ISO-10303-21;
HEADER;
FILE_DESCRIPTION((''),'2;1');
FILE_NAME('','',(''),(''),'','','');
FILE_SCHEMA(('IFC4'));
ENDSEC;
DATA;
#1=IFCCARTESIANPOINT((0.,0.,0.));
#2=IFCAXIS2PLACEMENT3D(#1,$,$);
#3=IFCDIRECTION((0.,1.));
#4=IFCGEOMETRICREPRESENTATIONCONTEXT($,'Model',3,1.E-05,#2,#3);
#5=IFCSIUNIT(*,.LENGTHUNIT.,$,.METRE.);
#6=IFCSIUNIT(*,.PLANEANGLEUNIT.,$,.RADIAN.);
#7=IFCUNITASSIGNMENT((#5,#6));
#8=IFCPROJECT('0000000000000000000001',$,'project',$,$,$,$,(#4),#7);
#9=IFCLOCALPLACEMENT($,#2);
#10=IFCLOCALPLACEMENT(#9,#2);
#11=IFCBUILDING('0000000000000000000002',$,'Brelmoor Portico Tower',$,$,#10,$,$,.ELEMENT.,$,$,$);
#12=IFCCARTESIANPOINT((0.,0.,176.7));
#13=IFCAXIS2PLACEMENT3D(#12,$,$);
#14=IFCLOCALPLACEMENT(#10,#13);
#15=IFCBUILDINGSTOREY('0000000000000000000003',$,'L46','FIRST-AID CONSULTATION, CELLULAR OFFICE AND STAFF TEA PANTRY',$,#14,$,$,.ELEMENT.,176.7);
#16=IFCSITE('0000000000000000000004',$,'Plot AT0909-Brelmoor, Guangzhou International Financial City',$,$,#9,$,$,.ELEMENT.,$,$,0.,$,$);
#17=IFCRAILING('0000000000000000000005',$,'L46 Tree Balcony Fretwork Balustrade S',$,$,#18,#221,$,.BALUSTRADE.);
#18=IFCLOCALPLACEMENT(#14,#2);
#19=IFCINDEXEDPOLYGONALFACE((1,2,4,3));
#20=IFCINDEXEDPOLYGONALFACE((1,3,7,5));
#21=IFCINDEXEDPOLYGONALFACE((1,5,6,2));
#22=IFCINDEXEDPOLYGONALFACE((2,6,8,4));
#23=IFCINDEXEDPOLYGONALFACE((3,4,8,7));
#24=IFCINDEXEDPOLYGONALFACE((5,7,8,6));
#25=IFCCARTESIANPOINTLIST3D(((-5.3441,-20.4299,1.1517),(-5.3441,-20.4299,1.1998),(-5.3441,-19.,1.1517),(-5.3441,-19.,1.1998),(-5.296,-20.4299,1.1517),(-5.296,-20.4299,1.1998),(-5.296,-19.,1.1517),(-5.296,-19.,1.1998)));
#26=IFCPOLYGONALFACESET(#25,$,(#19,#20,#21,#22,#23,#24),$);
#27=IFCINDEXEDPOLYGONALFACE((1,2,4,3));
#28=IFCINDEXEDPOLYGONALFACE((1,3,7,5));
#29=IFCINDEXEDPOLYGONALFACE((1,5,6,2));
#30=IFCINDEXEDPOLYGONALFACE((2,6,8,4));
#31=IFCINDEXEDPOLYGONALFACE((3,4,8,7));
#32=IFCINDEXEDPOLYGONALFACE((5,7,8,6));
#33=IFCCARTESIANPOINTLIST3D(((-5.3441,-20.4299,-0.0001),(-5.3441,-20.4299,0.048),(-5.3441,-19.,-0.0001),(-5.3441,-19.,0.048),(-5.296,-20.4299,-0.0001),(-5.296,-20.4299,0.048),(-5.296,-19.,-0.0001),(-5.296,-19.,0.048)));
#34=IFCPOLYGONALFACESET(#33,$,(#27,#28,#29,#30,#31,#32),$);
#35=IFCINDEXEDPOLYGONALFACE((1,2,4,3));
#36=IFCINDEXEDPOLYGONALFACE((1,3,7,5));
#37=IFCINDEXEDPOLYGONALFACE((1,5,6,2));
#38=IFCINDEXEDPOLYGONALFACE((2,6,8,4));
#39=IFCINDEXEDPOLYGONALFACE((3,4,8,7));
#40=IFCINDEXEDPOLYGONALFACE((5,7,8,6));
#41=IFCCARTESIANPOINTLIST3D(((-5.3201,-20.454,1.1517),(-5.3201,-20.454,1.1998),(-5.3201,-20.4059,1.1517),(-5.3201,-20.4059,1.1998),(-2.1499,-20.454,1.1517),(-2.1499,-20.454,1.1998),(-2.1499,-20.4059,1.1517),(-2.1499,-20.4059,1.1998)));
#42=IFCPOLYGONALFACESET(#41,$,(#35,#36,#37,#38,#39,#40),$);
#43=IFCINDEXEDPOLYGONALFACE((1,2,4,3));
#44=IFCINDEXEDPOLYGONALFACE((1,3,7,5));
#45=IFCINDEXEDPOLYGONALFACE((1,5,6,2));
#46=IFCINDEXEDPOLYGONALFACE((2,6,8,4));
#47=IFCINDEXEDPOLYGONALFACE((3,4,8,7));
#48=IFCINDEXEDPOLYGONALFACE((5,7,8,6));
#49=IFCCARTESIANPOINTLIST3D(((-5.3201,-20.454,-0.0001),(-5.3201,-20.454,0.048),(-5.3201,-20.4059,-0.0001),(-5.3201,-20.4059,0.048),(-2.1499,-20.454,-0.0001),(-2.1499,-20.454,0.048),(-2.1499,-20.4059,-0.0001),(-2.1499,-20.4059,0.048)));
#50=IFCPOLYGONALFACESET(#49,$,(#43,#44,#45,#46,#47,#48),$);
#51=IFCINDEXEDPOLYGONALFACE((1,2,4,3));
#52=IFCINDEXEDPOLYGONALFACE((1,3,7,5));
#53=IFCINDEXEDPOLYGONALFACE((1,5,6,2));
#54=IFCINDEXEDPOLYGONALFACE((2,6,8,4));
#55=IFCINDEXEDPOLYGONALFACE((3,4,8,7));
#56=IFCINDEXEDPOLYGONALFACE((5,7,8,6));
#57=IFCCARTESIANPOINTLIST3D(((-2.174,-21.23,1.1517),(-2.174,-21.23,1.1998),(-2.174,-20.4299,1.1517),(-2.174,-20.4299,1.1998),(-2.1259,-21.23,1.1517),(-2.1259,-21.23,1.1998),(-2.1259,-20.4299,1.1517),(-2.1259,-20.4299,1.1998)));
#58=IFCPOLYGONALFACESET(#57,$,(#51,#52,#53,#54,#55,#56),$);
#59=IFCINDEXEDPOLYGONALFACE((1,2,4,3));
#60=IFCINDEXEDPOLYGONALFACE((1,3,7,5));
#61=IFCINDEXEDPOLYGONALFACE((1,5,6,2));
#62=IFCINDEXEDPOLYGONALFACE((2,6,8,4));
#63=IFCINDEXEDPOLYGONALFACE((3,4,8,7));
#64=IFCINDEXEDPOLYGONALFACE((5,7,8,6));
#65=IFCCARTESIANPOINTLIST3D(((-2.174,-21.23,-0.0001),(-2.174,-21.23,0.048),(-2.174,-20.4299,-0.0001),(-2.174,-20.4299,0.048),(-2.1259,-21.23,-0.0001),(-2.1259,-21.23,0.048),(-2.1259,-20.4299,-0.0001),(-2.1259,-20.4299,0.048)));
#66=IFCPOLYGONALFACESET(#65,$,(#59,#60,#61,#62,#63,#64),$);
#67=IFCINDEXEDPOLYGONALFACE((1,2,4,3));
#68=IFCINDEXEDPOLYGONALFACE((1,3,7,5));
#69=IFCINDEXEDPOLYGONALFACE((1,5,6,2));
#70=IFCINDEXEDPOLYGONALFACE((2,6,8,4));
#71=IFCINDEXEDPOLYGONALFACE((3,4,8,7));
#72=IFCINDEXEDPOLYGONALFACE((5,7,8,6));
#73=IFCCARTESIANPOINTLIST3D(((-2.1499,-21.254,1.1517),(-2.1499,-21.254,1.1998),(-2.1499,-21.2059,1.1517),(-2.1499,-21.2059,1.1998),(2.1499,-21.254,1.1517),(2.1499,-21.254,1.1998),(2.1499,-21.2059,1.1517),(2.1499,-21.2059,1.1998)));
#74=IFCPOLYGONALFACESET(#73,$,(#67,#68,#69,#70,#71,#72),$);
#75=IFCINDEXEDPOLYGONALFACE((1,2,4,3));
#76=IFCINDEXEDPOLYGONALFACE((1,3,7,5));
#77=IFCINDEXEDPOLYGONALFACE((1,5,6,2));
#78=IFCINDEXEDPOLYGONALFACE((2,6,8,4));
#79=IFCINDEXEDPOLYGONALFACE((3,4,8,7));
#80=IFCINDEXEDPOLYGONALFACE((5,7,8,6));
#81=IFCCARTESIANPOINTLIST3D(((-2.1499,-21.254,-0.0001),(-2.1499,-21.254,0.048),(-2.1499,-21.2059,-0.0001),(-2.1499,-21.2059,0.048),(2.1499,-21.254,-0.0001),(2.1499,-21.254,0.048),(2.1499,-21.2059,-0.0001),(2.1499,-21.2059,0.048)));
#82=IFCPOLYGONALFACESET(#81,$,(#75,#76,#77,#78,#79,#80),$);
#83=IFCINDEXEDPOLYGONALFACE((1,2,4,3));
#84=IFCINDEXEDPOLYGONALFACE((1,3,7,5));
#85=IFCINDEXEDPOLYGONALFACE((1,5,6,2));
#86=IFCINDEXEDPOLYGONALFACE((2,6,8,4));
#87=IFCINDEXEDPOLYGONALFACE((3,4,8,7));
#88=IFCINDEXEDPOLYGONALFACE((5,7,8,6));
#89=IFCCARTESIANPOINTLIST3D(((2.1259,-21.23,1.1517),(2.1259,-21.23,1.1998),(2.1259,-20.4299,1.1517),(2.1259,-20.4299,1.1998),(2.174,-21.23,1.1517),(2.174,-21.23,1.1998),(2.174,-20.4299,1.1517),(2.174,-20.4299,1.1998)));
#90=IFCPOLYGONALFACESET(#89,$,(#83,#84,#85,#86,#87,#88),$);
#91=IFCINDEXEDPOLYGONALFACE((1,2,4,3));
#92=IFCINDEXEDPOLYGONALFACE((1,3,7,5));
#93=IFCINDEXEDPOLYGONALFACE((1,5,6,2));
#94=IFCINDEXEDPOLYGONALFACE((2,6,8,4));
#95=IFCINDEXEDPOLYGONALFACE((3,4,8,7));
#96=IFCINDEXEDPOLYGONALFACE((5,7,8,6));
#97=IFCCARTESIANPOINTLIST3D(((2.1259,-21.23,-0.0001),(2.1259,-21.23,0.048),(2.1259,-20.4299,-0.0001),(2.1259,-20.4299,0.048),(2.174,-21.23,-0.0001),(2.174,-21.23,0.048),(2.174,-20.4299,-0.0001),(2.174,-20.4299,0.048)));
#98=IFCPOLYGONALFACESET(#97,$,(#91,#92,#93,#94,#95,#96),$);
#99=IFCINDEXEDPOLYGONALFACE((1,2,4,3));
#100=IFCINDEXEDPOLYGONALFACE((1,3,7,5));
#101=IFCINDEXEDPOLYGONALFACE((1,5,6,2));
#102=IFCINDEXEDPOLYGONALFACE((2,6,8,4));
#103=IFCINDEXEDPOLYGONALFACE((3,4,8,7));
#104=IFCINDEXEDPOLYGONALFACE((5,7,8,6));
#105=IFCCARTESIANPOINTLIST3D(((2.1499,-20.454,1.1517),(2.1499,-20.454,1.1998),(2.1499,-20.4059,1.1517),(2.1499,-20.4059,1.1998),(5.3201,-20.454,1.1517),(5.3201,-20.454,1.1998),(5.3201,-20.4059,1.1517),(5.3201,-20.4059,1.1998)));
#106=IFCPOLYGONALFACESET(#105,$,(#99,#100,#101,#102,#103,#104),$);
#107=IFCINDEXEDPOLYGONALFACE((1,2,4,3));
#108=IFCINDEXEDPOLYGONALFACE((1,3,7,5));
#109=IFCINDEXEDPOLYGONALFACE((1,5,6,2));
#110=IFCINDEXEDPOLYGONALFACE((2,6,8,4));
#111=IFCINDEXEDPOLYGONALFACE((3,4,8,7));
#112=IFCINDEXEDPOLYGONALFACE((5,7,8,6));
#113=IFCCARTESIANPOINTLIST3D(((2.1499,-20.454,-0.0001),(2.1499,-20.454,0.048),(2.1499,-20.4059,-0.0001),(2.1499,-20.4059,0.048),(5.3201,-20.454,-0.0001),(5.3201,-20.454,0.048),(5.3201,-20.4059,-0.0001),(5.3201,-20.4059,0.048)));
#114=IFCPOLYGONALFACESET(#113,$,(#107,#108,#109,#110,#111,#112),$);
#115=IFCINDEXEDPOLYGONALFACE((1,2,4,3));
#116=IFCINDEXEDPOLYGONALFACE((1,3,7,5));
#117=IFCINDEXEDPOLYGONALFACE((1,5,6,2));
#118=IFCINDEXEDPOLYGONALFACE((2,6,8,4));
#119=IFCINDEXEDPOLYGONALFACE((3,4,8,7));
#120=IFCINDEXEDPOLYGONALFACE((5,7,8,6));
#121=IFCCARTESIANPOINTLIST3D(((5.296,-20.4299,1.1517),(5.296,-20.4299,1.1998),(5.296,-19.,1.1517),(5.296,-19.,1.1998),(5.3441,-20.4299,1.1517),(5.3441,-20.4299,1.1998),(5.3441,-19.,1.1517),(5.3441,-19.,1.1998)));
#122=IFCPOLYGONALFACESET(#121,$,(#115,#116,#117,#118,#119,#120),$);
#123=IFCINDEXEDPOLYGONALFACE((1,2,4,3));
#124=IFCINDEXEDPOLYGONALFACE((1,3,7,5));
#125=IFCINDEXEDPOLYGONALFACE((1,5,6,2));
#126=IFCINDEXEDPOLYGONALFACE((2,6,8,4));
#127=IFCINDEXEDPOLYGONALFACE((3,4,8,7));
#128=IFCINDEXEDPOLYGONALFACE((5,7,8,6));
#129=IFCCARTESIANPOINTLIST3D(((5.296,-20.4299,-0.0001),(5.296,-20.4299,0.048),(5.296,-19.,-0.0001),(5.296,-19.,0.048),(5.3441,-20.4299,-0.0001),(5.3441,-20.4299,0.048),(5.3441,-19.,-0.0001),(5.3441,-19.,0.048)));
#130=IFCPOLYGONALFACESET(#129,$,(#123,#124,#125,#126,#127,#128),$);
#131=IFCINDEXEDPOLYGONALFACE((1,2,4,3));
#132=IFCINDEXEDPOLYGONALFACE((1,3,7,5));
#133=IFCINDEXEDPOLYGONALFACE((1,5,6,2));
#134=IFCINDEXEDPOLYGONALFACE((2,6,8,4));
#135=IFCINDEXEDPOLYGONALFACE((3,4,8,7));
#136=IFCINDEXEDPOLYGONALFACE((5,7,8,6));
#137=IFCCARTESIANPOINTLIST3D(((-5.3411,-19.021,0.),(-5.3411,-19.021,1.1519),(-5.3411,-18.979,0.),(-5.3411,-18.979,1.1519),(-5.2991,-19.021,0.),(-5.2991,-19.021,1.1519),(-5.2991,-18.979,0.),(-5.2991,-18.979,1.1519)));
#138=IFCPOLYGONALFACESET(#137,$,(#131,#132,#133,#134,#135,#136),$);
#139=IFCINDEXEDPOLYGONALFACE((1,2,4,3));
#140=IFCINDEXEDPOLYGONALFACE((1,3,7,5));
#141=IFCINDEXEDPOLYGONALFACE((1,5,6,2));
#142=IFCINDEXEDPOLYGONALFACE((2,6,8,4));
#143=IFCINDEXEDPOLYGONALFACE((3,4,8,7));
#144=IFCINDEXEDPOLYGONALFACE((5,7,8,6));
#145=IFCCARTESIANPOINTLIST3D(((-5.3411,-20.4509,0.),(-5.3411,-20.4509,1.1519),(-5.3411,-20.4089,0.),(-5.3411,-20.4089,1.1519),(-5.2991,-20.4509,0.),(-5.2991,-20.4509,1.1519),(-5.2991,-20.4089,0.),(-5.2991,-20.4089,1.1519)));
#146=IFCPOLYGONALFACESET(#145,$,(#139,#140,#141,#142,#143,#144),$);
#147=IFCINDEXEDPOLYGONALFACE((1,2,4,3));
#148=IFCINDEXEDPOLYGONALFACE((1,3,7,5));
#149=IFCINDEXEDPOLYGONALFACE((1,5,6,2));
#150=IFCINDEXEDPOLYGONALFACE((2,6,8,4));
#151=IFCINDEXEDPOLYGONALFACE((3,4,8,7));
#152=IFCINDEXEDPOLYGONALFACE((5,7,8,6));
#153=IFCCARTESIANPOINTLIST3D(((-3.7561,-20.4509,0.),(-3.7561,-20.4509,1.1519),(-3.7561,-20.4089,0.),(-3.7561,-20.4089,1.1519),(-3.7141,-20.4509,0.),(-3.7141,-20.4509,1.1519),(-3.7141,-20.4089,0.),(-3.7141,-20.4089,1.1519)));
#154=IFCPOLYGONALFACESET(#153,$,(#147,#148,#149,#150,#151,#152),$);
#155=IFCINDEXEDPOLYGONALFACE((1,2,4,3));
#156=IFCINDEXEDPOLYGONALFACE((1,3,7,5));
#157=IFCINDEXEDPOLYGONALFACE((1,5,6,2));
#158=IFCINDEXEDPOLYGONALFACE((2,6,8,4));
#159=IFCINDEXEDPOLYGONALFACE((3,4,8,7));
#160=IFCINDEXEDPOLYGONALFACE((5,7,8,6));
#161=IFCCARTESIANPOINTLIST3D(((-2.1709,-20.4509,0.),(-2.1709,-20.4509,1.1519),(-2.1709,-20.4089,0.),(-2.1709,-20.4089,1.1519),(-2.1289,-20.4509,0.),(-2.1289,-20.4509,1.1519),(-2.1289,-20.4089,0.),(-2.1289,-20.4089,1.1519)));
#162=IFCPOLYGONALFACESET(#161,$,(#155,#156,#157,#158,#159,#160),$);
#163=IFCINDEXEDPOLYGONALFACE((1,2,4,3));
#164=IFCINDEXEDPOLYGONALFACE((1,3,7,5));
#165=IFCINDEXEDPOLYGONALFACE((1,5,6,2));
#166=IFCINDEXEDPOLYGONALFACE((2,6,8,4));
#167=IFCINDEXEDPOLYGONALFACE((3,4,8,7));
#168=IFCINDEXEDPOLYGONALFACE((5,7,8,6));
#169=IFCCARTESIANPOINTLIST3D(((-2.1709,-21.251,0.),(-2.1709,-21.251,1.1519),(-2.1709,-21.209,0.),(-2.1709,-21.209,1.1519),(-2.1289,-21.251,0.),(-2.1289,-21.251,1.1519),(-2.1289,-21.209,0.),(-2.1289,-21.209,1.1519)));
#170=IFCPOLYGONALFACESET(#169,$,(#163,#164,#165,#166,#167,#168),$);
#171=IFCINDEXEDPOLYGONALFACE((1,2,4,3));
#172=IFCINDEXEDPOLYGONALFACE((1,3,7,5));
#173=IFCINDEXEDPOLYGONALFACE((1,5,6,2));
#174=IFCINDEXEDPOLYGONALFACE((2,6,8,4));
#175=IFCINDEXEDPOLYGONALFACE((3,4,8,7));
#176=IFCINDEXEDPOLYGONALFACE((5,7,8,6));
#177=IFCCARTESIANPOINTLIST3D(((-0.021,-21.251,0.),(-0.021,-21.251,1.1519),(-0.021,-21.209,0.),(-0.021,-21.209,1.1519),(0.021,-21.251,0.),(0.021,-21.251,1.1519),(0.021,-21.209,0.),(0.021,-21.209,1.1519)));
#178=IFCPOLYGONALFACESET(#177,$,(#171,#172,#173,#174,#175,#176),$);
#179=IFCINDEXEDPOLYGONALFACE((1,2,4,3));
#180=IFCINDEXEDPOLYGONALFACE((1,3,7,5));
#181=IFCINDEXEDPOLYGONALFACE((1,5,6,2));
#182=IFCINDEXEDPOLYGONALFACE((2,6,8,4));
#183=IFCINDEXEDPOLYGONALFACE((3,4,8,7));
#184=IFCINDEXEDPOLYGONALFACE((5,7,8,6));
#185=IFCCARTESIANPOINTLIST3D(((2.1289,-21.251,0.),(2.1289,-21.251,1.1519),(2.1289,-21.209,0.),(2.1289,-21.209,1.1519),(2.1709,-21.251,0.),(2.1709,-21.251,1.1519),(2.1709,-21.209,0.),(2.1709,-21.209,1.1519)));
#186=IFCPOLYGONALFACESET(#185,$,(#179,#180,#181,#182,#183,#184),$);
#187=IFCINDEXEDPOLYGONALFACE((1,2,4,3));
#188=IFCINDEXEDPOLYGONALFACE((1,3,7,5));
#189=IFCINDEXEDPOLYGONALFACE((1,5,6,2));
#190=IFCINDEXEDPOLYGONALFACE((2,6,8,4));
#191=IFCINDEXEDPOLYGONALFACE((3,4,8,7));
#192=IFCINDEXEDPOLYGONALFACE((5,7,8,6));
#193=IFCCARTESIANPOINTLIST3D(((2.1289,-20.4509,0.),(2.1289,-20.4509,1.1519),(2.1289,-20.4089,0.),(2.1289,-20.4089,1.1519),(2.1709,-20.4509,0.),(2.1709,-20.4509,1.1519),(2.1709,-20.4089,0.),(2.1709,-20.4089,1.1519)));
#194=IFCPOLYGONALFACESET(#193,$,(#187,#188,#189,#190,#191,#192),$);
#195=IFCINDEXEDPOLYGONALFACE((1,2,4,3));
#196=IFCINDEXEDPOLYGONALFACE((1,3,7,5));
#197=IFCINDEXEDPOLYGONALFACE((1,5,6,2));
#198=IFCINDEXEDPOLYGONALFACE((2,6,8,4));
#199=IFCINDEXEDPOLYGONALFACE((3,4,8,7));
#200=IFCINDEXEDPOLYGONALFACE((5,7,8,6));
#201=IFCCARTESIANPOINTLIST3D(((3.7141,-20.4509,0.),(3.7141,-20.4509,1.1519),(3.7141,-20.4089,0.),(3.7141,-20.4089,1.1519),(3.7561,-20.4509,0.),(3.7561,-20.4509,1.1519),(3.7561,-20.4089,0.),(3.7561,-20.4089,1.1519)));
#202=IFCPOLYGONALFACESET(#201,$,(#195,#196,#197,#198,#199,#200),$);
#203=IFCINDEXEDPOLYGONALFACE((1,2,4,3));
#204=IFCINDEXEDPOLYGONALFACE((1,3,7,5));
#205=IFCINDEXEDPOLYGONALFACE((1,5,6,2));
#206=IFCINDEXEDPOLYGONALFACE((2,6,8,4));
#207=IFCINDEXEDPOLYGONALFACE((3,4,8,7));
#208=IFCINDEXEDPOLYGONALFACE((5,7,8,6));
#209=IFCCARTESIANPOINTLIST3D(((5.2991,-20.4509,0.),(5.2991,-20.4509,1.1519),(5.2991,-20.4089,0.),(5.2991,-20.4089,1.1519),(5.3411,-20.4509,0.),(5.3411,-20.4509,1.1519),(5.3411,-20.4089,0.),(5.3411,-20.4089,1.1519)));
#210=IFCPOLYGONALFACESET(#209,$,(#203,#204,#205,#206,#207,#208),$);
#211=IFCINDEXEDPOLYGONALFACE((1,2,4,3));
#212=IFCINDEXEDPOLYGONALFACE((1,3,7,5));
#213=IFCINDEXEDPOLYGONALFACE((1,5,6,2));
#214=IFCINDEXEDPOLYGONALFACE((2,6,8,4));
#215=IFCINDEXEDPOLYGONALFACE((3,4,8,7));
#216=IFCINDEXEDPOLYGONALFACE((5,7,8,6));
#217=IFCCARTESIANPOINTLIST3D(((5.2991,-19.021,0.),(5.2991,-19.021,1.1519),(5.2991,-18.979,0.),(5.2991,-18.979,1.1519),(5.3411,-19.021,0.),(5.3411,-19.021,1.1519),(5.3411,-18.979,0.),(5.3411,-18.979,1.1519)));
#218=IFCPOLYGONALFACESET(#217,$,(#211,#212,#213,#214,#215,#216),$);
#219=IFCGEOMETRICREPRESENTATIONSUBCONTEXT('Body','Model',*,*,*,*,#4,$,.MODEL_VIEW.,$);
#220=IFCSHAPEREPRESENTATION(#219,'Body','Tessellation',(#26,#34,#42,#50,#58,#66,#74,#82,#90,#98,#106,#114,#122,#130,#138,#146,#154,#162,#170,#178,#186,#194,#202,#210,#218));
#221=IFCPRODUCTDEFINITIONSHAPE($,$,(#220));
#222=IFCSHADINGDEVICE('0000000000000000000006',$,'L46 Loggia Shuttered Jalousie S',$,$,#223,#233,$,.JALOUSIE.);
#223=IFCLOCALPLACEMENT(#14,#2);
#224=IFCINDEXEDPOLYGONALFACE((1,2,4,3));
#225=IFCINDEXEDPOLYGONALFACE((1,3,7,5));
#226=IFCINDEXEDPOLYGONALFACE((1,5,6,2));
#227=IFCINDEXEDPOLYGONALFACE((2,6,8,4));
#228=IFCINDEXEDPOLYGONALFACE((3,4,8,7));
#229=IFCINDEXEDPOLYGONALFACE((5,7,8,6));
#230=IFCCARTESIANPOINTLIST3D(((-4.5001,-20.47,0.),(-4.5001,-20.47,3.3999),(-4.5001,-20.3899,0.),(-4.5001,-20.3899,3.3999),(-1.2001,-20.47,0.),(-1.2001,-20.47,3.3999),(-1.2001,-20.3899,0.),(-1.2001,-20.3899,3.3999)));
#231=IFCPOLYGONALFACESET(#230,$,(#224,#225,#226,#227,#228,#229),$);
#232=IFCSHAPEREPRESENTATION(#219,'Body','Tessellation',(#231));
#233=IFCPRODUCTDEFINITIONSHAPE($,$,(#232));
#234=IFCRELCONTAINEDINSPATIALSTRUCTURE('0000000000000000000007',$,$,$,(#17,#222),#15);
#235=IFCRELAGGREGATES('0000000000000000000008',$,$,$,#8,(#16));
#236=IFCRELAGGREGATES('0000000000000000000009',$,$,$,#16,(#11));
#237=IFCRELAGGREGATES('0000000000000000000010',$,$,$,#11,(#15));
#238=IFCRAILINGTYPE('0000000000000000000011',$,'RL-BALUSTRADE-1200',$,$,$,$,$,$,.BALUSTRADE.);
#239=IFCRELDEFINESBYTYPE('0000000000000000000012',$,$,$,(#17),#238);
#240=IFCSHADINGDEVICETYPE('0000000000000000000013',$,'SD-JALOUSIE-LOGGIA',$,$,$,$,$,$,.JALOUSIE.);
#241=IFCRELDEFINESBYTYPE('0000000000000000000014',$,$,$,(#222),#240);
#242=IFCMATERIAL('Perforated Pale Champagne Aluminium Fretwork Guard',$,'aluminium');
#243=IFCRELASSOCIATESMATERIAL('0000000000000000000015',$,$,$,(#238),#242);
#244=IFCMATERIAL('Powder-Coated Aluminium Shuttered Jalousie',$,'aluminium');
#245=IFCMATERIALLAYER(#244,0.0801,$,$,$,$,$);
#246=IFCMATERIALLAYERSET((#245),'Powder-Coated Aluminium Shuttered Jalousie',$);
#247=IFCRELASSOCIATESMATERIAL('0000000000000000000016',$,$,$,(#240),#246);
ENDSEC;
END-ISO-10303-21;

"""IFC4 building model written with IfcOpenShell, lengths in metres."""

from ifc_helpers import new_model, si_unit, direction, frame, origin, origin_2d, place, context, subcontext, project, spatial, rectangle, extrude, material, layer, layer_set, type_object, element, save


model = new_model("IFC4")

# Units and contexts
model_context = context("Model", 3, precision=1e-05, world=origin(), true_north=direction((0.0, 1.0)))
body_context = subcontext(model_context, "Body", "Model", "MODEL_VIEW")
ifc_project = project(units=[si_unit("LENGTHUNIT", "METRE"), si_unit("PLANEANGLEUNIT", "RADIAN")], contexts=[model_context])

# Site, building, storey
site_placement = place(None, origin())
site = spatial("IfcSite", under=ifc_project, at=site_placement, Name="Plot AT0909-Brelmoor, Guangzhou International Financial City", CompositionType="ELEMENT", RefElevation=0.0)
building_placement = place(site_placement, origin())
building = spatial("IfcBuilding", under=site, at=building_placement, Name="Brelmoor Portico Tower", CompositionType="ELEMENT")
storey_placement = place(building_placement, frame((0.0, 0.0, 176.7)))
storey = spatial("IfcBuildingStorey", under=building, at=storey_placement, Name="L46", Description="FIRST-AID CONSULTATION, CELLULAR OFFICE AND STAFF TEA PANTRY", CompositionType="ELEMENT", Elevation=176.7)

# Railing
ifc_material_1 = material(Name="Perforated Pale Champagne Aluminium Fretwork Guard", Category="aluminium")
railing_type = type_object("IfcRailingType", Name="RL-BALUSTRADE-1200", PredefinedType="BALUSTRADE", material=ifc_material_1)
railing_placement = place(storey_placement, frame((-5.3201, -19.0, 0.0)))
element("IfcRailing", 1, at=railing_placement, inside=storey, type_object=railing_type, Name="L46 Tree Balcony Fretwork Balustrade S", PredefinedType="BALUSTRADE", context=body_context, shape_type="SweptSolid", body=[
    extrude(rectangle(XDim=0.0481, YDim=0.0481, at=origin_2d()), frame((0.0, 0.0, 1.1758), z_axis=(0.0, -1.0, 0.0), x_axis=(1.0, 0.0, 0.0)), (0.0, 0.0, 1.0), 1.4299),
    extrude(rectangle(XDim=0.0481, YDim=0.0481, at=origin_2d()), frame((0.0, 0.0, 0.0239), z_axis=(0.0, -1.0, 0.0), x_axis=(1.0, 0.0, 0.0)), (0.0, 0.0, 1.0), 1.4299),
    extrude(rectangle(XDim=0.0481, YDim=0.0481, at=origin_2d()), frame((0.0, -1.4299, 1.1758), z_axis=(1.0, 0.0, 0.0), x_axis=(0.0, 1.0, 0.0)), (0.0, 0.0, 1.0), 3.1702),
    extrude(rectangle(XDim=0.0481, YDim=0.0481, at=origin_2d()), frame((0.0, -1.4299, 0.0239), z_axis=(1.0, 0.0, 0.0), x_axis=(0.0, 1.0, 0.0)), (0.0, 0.0, 1.0), 3.1702),
    extrude(rectangle(XDim=0.0481, YDim=0.0481, at=origin_2d()), frame((3.1702, -1.4299, 1.1758), z_axis=(0.0, -1.0, 0.0), x_axis=(1.0, 0.0, 0.0)), (0.0, 0.0, 1.0), 0.8),
    extrude(rectangle(XDim=0.0481, YDim=0.0481, at=origin_2d()), frame((3.1702, -1.4299, 0.0239), z_axis=(0.0, -1.0, 0.0), x_axis=(1.0, 0.0, 0.0)), (0.0, 0.0, 1.0), 0.8),
    extrude(rectangle(XDim=0.0481, YDim=0.0481, at=origin_2d()), frame((3.1702, -2.23, 1.1758), z_axis=(1.0, 0.0, 0.0), x_axis=(0.0, 1.0, 0.0)), (0.0, 0.0, 1.0), 4.2998),
    extrude(rectangle(XDim=0.0481, YDim=0.0481, at=origin_2d()), frame((3.1702, -2.23, 0.0239), z_axis=(1.0, 0.0, 0.0), x_axis=(0.0, 1.0, 0.0)), (0.0, 0.0, 1.0), 4.2998),
    extrude(rectangle(XDim=0.0481, YDim=0.0481, at=origin_2d()), frame((7.47, -2.23, 1.1758), z_axis=(0.0, 1.0, 0.0), x_axis=(-1.0, 0.0, 0.0)), (0.0, 0.0, 1.0), 0.8),
    extrude(rectangle(XDim=0.0481, YDim=0.0481, at=origin_2d()), frame((7.47, -2.23, 0.0239), z_axis=(0.0, 1.0, 0.0), x_axis=(-1.0, 0.0, 0.0)), (0.0, 0.0, 1.0), 0.8),
    extrude(rectangle(XDim=0.0481, YDim=0.0481, at=origin_2d()), frame((7.47, -1.4299, 1.1758), z_axis=(1.0, 0.0, 0.0), x_axis=(0.0, 1.0, 0.0)), (0.0, 0.0, 1.0), 3.1702),
    extrude(rectangle(XDim=0.0481, YDim=0.0481, at=origin_2d()), frame((7.47, -1.4299, 0.0239), z_axis=(1.0, 0.0, 0.0), x_axis=(0.0, 1.0, 0.0)), (0.0, 0.0, 1.0), 3.1702),
    extrude(rectangle(XDim=0.0481, YDim=0.0481, at=origin_2d()), frame((10.6401, -1.4299, 1.1758), z_axis=(0.0, 1.0, 0.0), x_axis=(-1.0, 0.0, 0.0)), (0.0, 0.0, 1.0), 1.4299),
    extrude(rectangle(XDim=0.0481, YDim=0.0481, at=origin_2d()), frame((10.6401, -1.4299, 0.0239), z_axis=(0.0, 1.0, 0.0), x_axis=(-1.0, 0.0, 0.0)), (0.0, 0.0, 1.0), 1.4299),
    extrude(rectangle(XDim=0.042, YDim=0.042, at=origin_2d()), origin(), (0.0, 0.0, 1.0), 1.1519),
    extrude(rectangle(XDim=0.042, YDim=0.042, at=origin_2d()), frame((0.0, -1.4299, 0.0)), (0.0, 0.0, 1.0), 1.1519),
    extrude(rectangle(XDim=0.042, YDim=0.042, at=origin_2d()), frame((1.585, -1.4299, 0.0)), (0.0, 0.0, 1.0), 1.1519),
    extrude(rectangle(XDim=0.042, YDim=0.042, at=origin_2d()), frame((3.1702, -1.4299, 0.0)), (0.0, 0.0, 1.0), 1.1519),
    extrude(rectangle(XDim=0.042, YDim=0.042, at=origin_2d()), frame((3.1702, -2.23, 0.0)), (0.0, 0.0, 1.0), 1.1519),
    extrude(rectangle(XDim=0.042, YDim=0.042, at=origin_2d()), frame((5.3201, -2.23, 0.0)), (0.0, 0.0, 1.0), 1.1519),
    extrude(rectangle(XDim=0.042, YDim=0.042, at=origin_2d()), frame((7.47, -2.23, 0.0)), (0.0, 0.0, 1.0), 1.1519),
    extrude(rectangle(XDim=0.042, YDim=0.042, at=origin_2d()), frame((7.47, -1.4299, 0.0)), (0.0, 0.0, 1.0), 1.1519),
    extrude(rectangle(XDim=0.042, YDim=0.042, at=origin_2d()), frame((9.0552, -1.4299, 0.0)), (0.0, 0.0, 1.0), 1.1519),
    extrude(rectangle(XDim=0.042, YDim=0.042, at=origin_2d()), frame((10.6401, -1.4299, 0.0)), (0.0, 0.0, 1.0), 1.1519),
    extrude(rectangle(XDim=0.042, YDim=0.042, at=origin_2d()), frame((10.6401, 0.0, 0.0)), (0.0, 0.0, 1.0), 1.1519),
])

# Shading device
ifc_material_2 = material(Name="Powder-Coated Aluminium Shuttered Jalousie", Category="aluminium")
ifc_layer_1 = layer(ifc_material_2, 0.0801)
ifc_layer_set_1 = layer_set([ifc_layer_1], Name="Powder-Coated Aluminium Shuttered Jalousie")
shading_device_type = type_object("IfcShadingDeviceType", Name="SD-JALOUSIE-LOGGIA", PredefinedType="JALOUSIE", material=ifc_layer_set_1)
shading_device_placement = place(storey_placement, frame((-2.8501, -20.4299, 0.0), z_axis=(0.0, 0.0, 1.0), x_axis=(1.0, 0.0, 0.0)))
element("IfcShadingDevice", 2, at=shading_device_placement, inside=storey, type_object=shading_device_type, Name="L46 Loggia Shuttered Jalousie S", PredefinedType="JALOUSIE", context=body_context, shape_type="SweptSolid", body=[
    extrude(rectangle(XDim=3.3, YDim=0.0801, at=origin_2d()), origin(), (0.0, 0.0, 1.0), 3.3999),
])

save(model, "model.ifc")
